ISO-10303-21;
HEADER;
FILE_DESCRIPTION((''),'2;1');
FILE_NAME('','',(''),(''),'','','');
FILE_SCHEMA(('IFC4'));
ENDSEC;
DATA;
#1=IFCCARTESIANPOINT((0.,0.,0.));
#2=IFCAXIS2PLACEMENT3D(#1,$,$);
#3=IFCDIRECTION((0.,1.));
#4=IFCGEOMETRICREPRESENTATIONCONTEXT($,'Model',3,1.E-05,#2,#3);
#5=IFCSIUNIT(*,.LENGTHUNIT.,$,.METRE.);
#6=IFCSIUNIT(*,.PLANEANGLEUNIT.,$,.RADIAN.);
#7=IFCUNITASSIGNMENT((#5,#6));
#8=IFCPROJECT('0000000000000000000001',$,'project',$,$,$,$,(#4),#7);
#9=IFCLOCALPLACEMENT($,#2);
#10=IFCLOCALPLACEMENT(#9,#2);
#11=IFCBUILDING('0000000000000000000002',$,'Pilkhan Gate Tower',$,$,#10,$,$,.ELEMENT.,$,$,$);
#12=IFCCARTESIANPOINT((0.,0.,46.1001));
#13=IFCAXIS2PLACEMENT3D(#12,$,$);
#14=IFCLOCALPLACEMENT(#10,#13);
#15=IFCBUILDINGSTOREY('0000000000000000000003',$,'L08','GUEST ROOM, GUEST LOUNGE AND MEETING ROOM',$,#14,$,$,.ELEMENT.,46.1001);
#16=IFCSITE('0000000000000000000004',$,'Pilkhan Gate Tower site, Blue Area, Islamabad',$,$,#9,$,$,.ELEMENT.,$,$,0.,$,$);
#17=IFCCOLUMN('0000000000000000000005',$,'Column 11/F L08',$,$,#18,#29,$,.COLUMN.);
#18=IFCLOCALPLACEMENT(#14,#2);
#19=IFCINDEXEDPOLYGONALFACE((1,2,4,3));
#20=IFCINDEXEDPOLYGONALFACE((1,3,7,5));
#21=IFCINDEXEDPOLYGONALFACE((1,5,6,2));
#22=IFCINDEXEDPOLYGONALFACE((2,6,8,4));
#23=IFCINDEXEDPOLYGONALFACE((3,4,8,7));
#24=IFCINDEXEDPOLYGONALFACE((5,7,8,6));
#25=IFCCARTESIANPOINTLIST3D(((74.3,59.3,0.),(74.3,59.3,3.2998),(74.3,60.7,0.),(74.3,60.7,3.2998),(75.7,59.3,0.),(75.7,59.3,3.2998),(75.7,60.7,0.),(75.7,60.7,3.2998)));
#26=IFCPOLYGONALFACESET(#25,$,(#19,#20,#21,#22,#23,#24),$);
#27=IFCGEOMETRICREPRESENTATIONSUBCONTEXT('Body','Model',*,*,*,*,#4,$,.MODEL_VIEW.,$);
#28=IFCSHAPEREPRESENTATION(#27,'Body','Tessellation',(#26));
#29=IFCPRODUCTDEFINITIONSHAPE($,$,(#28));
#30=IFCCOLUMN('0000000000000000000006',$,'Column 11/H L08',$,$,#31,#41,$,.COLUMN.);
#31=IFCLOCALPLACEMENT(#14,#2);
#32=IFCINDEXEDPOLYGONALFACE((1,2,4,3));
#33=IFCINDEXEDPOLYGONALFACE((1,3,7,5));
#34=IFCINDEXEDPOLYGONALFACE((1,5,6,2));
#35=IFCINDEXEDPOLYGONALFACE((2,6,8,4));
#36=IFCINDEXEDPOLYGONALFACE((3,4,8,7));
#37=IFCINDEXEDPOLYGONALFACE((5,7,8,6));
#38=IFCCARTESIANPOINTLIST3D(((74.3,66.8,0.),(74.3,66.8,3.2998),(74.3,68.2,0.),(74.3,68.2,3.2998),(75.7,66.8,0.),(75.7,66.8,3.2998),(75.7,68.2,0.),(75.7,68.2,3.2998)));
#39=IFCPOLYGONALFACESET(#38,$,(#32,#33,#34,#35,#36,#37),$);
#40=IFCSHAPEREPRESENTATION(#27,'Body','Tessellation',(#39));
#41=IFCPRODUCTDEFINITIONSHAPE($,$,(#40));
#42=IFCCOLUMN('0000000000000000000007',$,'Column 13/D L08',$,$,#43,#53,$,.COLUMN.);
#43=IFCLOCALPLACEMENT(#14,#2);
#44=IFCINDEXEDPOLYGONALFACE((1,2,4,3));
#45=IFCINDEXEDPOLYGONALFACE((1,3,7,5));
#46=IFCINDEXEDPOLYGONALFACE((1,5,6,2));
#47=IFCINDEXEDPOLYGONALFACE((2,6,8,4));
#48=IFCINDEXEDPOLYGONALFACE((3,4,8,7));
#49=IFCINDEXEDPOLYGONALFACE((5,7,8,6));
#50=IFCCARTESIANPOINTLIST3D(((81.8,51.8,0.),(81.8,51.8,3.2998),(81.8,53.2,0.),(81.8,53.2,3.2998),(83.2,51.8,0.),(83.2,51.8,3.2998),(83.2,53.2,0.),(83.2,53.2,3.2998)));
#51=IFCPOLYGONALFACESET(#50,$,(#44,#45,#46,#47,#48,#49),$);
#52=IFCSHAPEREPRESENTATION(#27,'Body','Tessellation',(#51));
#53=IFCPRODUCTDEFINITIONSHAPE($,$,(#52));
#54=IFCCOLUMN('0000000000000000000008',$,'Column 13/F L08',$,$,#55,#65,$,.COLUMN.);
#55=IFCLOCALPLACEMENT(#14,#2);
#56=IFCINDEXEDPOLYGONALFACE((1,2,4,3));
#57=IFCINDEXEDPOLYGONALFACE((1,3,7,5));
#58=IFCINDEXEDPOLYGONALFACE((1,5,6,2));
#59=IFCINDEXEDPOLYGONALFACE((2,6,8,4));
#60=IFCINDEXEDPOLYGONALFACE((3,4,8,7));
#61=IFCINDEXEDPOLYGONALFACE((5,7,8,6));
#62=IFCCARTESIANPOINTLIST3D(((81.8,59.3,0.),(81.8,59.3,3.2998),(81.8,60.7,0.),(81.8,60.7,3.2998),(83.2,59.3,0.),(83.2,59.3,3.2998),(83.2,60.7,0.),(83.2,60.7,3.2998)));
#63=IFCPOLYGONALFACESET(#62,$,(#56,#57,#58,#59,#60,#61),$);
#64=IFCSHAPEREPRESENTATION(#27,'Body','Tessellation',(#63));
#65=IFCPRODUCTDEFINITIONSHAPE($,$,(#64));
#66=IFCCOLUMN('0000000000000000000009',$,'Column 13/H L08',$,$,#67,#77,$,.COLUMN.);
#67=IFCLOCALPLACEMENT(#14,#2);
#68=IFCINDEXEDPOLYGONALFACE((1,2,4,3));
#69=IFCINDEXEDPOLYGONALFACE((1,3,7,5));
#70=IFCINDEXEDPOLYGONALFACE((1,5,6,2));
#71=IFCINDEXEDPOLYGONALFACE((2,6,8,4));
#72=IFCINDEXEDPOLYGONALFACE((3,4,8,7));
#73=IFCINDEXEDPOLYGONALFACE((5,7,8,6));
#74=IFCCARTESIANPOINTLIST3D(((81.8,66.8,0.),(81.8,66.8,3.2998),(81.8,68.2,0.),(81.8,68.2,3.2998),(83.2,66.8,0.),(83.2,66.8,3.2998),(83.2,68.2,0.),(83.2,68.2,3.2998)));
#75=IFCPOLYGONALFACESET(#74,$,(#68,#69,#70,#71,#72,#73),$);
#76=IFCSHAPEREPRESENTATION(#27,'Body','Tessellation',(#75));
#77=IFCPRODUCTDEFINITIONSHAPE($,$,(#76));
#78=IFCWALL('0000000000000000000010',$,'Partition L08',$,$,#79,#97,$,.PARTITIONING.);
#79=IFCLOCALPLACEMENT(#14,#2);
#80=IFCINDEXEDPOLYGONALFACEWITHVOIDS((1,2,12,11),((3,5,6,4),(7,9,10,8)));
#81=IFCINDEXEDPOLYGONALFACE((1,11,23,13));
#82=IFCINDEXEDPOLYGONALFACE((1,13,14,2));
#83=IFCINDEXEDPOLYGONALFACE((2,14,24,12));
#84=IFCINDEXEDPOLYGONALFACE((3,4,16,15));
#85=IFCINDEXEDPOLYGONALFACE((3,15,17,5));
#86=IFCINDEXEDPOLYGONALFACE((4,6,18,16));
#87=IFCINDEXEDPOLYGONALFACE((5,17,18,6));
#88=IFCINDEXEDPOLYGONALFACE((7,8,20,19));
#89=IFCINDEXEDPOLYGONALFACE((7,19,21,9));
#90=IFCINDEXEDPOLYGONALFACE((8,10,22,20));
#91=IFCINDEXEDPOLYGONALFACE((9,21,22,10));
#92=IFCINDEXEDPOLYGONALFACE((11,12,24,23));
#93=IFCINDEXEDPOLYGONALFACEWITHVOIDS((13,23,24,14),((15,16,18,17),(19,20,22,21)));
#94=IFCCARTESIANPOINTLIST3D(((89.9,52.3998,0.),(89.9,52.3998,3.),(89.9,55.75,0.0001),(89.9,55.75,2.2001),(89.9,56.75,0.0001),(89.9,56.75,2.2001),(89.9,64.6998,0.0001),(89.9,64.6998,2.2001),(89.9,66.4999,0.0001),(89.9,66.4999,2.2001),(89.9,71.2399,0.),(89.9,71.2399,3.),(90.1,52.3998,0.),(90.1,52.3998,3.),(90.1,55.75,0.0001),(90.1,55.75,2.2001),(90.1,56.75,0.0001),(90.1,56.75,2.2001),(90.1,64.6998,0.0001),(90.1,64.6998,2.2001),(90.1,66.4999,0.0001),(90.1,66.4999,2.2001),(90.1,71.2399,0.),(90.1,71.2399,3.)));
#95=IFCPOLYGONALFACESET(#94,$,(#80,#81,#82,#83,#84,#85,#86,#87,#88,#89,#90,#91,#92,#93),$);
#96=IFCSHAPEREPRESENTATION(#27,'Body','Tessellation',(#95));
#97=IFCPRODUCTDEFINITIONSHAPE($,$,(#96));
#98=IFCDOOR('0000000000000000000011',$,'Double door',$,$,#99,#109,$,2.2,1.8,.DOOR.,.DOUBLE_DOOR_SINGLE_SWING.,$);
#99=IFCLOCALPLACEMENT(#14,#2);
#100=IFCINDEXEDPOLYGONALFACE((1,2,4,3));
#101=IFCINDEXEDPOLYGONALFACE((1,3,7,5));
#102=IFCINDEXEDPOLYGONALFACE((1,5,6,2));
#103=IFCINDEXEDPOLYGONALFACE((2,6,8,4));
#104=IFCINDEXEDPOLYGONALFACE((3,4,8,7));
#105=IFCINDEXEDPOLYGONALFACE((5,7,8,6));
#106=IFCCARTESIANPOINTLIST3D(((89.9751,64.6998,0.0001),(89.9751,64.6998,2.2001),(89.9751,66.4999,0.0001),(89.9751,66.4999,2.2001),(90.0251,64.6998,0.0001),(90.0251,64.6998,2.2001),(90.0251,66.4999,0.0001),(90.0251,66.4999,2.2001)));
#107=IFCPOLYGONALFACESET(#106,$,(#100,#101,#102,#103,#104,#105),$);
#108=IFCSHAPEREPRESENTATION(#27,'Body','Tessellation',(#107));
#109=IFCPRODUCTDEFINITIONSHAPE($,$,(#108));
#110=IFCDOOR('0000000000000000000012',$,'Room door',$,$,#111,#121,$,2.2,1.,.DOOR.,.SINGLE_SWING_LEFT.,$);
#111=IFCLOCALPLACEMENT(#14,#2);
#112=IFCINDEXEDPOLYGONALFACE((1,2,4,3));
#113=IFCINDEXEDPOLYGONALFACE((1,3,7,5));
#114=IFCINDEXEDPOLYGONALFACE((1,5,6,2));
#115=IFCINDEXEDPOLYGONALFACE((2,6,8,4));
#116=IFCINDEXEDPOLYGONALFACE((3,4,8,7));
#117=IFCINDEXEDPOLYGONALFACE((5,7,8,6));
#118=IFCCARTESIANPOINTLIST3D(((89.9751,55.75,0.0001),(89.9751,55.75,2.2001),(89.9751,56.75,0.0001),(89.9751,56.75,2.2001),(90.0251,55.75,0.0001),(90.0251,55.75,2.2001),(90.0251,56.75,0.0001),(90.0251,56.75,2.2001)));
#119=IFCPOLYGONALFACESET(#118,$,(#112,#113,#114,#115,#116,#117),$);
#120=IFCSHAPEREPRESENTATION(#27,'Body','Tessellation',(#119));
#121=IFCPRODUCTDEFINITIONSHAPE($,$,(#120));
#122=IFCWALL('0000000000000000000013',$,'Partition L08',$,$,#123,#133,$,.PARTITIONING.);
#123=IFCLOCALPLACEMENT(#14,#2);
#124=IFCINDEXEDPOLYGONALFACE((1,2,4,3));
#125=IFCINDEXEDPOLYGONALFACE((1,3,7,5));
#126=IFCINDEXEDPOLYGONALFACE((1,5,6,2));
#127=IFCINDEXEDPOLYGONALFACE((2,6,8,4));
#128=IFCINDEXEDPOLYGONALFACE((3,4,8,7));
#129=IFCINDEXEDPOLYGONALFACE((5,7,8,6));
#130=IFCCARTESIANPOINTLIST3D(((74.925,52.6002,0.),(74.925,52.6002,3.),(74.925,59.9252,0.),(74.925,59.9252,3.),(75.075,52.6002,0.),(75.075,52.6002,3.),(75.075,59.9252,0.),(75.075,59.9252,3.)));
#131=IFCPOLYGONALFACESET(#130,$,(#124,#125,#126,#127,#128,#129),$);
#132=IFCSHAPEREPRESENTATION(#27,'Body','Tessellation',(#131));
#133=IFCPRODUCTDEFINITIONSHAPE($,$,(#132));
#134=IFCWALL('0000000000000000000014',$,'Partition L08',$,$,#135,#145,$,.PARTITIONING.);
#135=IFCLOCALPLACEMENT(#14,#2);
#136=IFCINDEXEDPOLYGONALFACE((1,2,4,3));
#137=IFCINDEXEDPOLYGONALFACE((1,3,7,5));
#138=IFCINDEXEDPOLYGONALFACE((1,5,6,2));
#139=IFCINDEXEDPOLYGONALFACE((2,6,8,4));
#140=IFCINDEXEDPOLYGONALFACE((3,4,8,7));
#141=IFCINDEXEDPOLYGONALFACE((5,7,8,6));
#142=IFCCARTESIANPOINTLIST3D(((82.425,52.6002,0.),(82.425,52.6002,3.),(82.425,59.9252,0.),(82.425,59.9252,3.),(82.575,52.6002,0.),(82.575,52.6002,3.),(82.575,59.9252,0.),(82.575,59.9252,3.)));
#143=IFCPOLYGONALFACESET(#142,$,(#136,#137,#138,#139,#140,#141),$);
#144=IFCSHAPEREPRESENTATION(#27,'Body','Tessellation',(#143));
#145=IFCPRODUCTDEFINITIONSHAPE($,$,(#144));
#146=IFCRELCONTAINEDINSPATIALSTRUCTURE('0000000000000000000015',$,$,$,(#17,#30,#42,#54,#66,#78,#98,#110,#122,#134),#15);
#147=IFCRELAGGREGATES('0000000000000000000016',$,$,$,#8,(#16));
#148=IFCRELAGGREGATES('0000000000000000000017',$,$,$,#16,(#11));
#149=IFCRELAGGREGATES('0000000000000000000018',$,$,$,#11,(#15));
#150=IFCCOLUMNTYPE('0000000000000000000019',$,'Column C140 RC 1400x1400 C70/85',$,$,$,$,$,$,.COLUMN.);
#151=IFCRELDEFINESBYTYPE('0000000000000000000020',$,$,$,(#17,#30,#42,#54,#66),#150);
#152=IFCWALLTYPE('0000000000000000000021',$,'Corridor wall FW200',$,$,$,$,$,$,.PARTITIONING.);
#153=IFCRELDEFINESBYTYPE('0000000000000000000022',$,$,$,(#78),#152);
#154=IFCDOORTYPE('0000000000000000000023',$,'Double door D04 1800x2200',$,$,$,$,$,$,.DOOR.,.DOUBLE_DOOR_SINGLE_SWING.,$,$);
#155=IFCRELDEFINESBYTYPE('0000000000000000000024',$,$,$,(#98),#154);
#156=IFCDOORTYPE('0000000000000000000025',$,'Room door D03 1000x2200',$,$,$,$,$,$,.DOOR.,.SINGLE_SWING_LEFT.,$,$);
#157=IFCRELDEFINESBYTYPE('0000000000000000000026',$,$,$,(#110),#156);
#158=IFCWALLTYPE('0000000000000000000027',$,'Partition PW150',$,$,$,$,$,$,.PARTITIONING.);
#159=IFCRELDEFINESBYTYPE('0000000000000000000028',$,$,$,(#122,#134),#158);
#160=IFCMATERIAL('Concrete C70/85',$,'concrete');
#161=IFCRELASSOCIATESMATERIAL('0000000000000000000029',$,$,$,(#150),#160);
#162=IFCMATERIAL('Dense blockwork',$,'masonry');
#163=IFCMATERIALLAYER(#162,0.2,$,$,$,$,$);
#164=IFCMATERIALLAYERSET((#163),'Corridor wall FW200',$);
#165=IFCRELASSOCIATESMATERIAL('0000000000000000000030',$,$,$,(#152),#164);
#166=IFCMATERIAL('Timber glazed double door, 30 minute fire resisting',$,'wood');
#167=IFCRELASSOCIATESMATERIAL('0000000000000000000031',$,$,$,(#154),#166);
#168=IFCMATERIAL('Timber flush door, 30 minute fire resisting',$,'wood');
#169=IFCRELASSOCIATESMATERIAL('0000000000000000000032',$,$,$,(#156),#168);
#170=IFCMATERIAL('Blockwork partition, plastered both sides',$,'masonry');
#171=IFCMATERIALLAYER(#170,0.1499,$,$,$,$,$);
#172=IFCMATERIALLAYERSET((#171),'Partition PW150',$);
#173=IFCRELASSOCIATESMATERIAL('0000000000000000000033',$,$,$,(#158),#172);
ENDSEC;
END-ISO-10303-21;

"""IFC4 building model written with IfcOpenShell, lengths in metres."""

from ifc_helpers import new_model, si_unit, direction, frame, frame_2d, origin, origin_2d, place, context, subcontext, project, spatial, rectangle, extrude, material, layer, layer_set, material_profile, profile_set, type_object, element, fill, save


model = new_model("IFC4")

# Units and contexts
model_context = context("Model", 3, precision=1e-05, world=origin(), true_north=direction((0.0, 1.0)))
body_context = subcontext(model_context, "Body", "Model", "MODEL_VIEW")
ifc_project = project(units=[si_unit("LENGTHUNIT", "METRE"), si_unit("PLANEANGLEUNIT", "RADIAN")], contexts=[model_context])

# Site, building, storey
site_placement = place(None, origin())
site = spatial("IfcSite", under=ifc_project, at=site_placement, Name="Pilkhan Gate Tower site, Blue Area, Islamabad", CompositionType="ELEMENT", RefElevation=0.0)
building_placement = place(site_placement, origin())
building = spatial("IfcBuilding", under=site, at=building_placement, Name="Pilkhan Gate Tower", CompositionType="ELEMENT")
storey_placement = place(building_placement, frame((0.0, 0.0, 46.1001)))
storey = spatial("IfcBuildingStorey", under=building, at=storey_placement, Name="L08", Description="GUEST ROOM, GUEST LOUNGE AND MEETING ROOM", CompositionType="ELEMENT", Elevation=46.1001)

# Columns
ifc_material_1 = material(Name="Concrete C70/85", Category="concrete")
ifc_material_profile = material_profile(ifc_material_1, rectangle(XDim=1.3999, YDim=1.3999, at=origin_2d()), Name="RC 1400x1400")
ifc_profile_set = profile_set([ifc_material_profile], Name="Concrete C70/85")
column_type = type_object("IfcColumnType", Name="Column C140 RC 1400x1400 C70/85", PredefinedType="COLUMN", material=ifc_profile_set)
for number, where, z_axis, x_axis, name in (
    (1, (75.0, 60.0, 0.0), (0.0, 0.0, 1.0), (1.0, 0.0, 0.0), "Column 11/F L08"),
    (2, (75.0, 67.5, 0.0), (0.0, 0.0, 1.0), (1.0, 0.0, 0.0), "Column 11/H L08"),
    (3, (82.5, 52.5, 0.0), (0.0, 0.0, 1.0), (1.0, 0.0, 0.0), "Column 13/D L08"),
    (4, (82.5, 60.0, 0.0), (0.0, 0.0, 1.0), (1.0, 0.0, 0.0), "Column 13/F L08"),
    (5, (82.5, 67.5, 0.0), (0.0, 0.0, 1.0), (1.0, 0.0, 0.0), "Column 13/H L08"),
):
    element("IfcColumn", number, at=place(storey_placement, frame(where, z_axis=z_axis, x_axis=x_axis)), inside=storey, type_object=column_type, Name=name, PredefinedType="COLUMN", context=body_context, shape_type="SweptSolid", body=[
        extrude(rectangle(XDim=1.3999, YDim=1.3999, at=origin_2d()), origin(), (0.0, 0.0, 1.0), 3.2998),
    ])

# Wall, openings, doors
ifc_material_2 = material(Name="Dense blockwork", Category="masonry")
ifc_layer_1 = layer(ifc_material_2, 0.2)
ifc_layer_set_1 = layer_set([ifc_layer_1], Name="Corridor wall FW200")
wall_type_1 = type_object("IfcWallType", Name="Corridor wall FW200", PredefinedType="PARTITIONING", material=ifc_layer_set_1)
wall_placement = place(storey_placement, frame((90.0, 52.3999, 0.0), z_axis=(0.0, 0.0, 1.0), x_axis=(0.0, 1.0, 0.0)))
wall = element("IfcWall", 6, at=wall_placement, inside=storey, type_object=wall_type_1, Name="Partition L08", PredefinedType="PARTITIONING", context=body_context, shape_type="SweptSolid", body=[
    extrude(rectangle(XDim=18.8401, YDim=0.2, at=frame_2d((9.4199, 0.0))), origin(), (0.0, 0.0, 1.0), 3.0),
])
opening_1_placement = place(wall_placement, frame((3.3501, 0.0, 0.0)))
opening_1 = element("IfcOpeningElement", 7, at=opening_1_placement, cuts=wall, PredefinedType="OPENING", context=body_context, shape_type="SweptSolid", body=[
    extrude(rectangle(XDim=1.0, YDim=2.2, at=frame_2d((0.5, 1.1001))), frame((0.0, 0.1099, 0.0), z_axis=(0.0, -1.0, 0.0), x_axis=(1.0, 0.0, 0.0)), (0.0, 0.0, 1.0), 0.22),
])
opening_2_placement = place(wall_placement, frame((12.3, 0.0, 0.0)))
opening_2 = element("IfcOpeningElement", 8, at=opening_2_placement, cuts=wall, PredefinedType="OPENING", context=body_context, shape_type="SweptSolid", body=[
    extrude(rectangle(XDim=1.8, YDim=2.2, at=frame_2d((0.8999, 1.1001))), frame((0.0, 0.1099, 0.0), z_axis=(0.0, -1.0, 0.0), x_axis=(1.0, 0.0, 0.0)), (0.0, 0.0, 1.0), 0.22),
])
ifc_material_3 = material(Name="Timber glazed double door, 30 minute fire resisting", Category="wood")
door_type_1 = type_object("IfcDoorType", Name="Double door D04 1800x2200", OperationType="DOUBLE_DOOR_SINGLE_SWING", PredefinedType="DOOR", material=ifc_material_3)
door_1_placement = place(opening_2_placement, origin())
door_1 = element("IfcDoor", 9, at=door_1_placement, inside=storey, type_object=door_type_1, Name="Double door", OperationType="DOUBLE_DOOR_SINGLE_SWING", OverallHeight=2.2, OverallWidth=1.8, PredefinedType="DOOR", context=body_context, shape_type="SweptSolid", body=[
    extrude(rectangle(XDim=1.8, YDim=2.2, at=frame_2d((0.8999, 1.1001))), frame((0.0, 0.0249, 0.0), z_axis=(0.0, -1.0, 0.0), x_axis=(1.0, 0.0, 0.0)), (0.0, 0.0, 1.0), 0.05),
])
fill(opening_2, door_1)
ifc_material_4 = material(Name="Timber flush door, 30 minute fire resisting", Category="wood")
door_type_2 = type_object("IfcDoorType", Name="Room door D03 1000x2200", OperationType="SINGLE_SWING_LEFT", PredefinedType="DOOR", material=ifc_material_4)
door_2_placement = place(opening_1_placement, origin())
door_2 = element("IfcDoor", 10, at=door_2_placement, inside=storey, type_object=door_type_2, Name="Room door", OperationType="SINGLE_SWING_LEFT", OverallHeight=2.2, OverallWidth=1.0, PredefinedType="DOOR", context=body_context, shape_type="SweptSolid", body=[
    extrude(rectangle(XDim=1.0, YDim=2.2, at=frame_2d((0.5, 1.1001))), frame((0.0, 0.0249, 0.0), z_axis=(0.0, -1.0, 0.0), x_axis=(1.0, 0.0, 0.0)), (0.0, 0.0, 1.0), 0.05),
])
fill(opening_1, door_2)

# Walls
ifc_material_5 = material(Name="Blockwork partition, plastered both sides", Category="masonry")
ifc_layer_2 = layer(ifc_material_5, 0.1499)
ifc_layer_set_2 = layer_set([ifc_layer_2], Name="Partition PW150")
wall_type_2 = type_object("IfcWallType", Name="Partition PW150", PredefinedType="PARTITIONING", material=ifc_layer_set_2)
for number, where, z_axis, x_axis, name in (
    (11, (75.0, 52.6001, 0.0), (0.0, 0.0, 1.0), (0.0, 1.0, 0.0), "Partition L08"),
    (12, (82.5, 52.6001, 0.0), (0.0, 0.0, 1.0), (0.0, 1.0, 0.0), "Partition L08"),
):
    element("IfcWall", number, at=place(storey_placement, frame(where, z_axis=z_axis, x_axis=x_axis)), inside=storey, type_object=wall_type_2, Name=name, PredefinedType="PARTITIONING", context=body_context, shape_type="SweptSolid", body=[
        extrude(rectangle(XDim=7.325, YDim=0.1499, at=frame_2d((3.6626, 0.0))), origin(), (0.0, 0.0, 1.0), 3.0),
    ])

save(model, "model.ifc")
